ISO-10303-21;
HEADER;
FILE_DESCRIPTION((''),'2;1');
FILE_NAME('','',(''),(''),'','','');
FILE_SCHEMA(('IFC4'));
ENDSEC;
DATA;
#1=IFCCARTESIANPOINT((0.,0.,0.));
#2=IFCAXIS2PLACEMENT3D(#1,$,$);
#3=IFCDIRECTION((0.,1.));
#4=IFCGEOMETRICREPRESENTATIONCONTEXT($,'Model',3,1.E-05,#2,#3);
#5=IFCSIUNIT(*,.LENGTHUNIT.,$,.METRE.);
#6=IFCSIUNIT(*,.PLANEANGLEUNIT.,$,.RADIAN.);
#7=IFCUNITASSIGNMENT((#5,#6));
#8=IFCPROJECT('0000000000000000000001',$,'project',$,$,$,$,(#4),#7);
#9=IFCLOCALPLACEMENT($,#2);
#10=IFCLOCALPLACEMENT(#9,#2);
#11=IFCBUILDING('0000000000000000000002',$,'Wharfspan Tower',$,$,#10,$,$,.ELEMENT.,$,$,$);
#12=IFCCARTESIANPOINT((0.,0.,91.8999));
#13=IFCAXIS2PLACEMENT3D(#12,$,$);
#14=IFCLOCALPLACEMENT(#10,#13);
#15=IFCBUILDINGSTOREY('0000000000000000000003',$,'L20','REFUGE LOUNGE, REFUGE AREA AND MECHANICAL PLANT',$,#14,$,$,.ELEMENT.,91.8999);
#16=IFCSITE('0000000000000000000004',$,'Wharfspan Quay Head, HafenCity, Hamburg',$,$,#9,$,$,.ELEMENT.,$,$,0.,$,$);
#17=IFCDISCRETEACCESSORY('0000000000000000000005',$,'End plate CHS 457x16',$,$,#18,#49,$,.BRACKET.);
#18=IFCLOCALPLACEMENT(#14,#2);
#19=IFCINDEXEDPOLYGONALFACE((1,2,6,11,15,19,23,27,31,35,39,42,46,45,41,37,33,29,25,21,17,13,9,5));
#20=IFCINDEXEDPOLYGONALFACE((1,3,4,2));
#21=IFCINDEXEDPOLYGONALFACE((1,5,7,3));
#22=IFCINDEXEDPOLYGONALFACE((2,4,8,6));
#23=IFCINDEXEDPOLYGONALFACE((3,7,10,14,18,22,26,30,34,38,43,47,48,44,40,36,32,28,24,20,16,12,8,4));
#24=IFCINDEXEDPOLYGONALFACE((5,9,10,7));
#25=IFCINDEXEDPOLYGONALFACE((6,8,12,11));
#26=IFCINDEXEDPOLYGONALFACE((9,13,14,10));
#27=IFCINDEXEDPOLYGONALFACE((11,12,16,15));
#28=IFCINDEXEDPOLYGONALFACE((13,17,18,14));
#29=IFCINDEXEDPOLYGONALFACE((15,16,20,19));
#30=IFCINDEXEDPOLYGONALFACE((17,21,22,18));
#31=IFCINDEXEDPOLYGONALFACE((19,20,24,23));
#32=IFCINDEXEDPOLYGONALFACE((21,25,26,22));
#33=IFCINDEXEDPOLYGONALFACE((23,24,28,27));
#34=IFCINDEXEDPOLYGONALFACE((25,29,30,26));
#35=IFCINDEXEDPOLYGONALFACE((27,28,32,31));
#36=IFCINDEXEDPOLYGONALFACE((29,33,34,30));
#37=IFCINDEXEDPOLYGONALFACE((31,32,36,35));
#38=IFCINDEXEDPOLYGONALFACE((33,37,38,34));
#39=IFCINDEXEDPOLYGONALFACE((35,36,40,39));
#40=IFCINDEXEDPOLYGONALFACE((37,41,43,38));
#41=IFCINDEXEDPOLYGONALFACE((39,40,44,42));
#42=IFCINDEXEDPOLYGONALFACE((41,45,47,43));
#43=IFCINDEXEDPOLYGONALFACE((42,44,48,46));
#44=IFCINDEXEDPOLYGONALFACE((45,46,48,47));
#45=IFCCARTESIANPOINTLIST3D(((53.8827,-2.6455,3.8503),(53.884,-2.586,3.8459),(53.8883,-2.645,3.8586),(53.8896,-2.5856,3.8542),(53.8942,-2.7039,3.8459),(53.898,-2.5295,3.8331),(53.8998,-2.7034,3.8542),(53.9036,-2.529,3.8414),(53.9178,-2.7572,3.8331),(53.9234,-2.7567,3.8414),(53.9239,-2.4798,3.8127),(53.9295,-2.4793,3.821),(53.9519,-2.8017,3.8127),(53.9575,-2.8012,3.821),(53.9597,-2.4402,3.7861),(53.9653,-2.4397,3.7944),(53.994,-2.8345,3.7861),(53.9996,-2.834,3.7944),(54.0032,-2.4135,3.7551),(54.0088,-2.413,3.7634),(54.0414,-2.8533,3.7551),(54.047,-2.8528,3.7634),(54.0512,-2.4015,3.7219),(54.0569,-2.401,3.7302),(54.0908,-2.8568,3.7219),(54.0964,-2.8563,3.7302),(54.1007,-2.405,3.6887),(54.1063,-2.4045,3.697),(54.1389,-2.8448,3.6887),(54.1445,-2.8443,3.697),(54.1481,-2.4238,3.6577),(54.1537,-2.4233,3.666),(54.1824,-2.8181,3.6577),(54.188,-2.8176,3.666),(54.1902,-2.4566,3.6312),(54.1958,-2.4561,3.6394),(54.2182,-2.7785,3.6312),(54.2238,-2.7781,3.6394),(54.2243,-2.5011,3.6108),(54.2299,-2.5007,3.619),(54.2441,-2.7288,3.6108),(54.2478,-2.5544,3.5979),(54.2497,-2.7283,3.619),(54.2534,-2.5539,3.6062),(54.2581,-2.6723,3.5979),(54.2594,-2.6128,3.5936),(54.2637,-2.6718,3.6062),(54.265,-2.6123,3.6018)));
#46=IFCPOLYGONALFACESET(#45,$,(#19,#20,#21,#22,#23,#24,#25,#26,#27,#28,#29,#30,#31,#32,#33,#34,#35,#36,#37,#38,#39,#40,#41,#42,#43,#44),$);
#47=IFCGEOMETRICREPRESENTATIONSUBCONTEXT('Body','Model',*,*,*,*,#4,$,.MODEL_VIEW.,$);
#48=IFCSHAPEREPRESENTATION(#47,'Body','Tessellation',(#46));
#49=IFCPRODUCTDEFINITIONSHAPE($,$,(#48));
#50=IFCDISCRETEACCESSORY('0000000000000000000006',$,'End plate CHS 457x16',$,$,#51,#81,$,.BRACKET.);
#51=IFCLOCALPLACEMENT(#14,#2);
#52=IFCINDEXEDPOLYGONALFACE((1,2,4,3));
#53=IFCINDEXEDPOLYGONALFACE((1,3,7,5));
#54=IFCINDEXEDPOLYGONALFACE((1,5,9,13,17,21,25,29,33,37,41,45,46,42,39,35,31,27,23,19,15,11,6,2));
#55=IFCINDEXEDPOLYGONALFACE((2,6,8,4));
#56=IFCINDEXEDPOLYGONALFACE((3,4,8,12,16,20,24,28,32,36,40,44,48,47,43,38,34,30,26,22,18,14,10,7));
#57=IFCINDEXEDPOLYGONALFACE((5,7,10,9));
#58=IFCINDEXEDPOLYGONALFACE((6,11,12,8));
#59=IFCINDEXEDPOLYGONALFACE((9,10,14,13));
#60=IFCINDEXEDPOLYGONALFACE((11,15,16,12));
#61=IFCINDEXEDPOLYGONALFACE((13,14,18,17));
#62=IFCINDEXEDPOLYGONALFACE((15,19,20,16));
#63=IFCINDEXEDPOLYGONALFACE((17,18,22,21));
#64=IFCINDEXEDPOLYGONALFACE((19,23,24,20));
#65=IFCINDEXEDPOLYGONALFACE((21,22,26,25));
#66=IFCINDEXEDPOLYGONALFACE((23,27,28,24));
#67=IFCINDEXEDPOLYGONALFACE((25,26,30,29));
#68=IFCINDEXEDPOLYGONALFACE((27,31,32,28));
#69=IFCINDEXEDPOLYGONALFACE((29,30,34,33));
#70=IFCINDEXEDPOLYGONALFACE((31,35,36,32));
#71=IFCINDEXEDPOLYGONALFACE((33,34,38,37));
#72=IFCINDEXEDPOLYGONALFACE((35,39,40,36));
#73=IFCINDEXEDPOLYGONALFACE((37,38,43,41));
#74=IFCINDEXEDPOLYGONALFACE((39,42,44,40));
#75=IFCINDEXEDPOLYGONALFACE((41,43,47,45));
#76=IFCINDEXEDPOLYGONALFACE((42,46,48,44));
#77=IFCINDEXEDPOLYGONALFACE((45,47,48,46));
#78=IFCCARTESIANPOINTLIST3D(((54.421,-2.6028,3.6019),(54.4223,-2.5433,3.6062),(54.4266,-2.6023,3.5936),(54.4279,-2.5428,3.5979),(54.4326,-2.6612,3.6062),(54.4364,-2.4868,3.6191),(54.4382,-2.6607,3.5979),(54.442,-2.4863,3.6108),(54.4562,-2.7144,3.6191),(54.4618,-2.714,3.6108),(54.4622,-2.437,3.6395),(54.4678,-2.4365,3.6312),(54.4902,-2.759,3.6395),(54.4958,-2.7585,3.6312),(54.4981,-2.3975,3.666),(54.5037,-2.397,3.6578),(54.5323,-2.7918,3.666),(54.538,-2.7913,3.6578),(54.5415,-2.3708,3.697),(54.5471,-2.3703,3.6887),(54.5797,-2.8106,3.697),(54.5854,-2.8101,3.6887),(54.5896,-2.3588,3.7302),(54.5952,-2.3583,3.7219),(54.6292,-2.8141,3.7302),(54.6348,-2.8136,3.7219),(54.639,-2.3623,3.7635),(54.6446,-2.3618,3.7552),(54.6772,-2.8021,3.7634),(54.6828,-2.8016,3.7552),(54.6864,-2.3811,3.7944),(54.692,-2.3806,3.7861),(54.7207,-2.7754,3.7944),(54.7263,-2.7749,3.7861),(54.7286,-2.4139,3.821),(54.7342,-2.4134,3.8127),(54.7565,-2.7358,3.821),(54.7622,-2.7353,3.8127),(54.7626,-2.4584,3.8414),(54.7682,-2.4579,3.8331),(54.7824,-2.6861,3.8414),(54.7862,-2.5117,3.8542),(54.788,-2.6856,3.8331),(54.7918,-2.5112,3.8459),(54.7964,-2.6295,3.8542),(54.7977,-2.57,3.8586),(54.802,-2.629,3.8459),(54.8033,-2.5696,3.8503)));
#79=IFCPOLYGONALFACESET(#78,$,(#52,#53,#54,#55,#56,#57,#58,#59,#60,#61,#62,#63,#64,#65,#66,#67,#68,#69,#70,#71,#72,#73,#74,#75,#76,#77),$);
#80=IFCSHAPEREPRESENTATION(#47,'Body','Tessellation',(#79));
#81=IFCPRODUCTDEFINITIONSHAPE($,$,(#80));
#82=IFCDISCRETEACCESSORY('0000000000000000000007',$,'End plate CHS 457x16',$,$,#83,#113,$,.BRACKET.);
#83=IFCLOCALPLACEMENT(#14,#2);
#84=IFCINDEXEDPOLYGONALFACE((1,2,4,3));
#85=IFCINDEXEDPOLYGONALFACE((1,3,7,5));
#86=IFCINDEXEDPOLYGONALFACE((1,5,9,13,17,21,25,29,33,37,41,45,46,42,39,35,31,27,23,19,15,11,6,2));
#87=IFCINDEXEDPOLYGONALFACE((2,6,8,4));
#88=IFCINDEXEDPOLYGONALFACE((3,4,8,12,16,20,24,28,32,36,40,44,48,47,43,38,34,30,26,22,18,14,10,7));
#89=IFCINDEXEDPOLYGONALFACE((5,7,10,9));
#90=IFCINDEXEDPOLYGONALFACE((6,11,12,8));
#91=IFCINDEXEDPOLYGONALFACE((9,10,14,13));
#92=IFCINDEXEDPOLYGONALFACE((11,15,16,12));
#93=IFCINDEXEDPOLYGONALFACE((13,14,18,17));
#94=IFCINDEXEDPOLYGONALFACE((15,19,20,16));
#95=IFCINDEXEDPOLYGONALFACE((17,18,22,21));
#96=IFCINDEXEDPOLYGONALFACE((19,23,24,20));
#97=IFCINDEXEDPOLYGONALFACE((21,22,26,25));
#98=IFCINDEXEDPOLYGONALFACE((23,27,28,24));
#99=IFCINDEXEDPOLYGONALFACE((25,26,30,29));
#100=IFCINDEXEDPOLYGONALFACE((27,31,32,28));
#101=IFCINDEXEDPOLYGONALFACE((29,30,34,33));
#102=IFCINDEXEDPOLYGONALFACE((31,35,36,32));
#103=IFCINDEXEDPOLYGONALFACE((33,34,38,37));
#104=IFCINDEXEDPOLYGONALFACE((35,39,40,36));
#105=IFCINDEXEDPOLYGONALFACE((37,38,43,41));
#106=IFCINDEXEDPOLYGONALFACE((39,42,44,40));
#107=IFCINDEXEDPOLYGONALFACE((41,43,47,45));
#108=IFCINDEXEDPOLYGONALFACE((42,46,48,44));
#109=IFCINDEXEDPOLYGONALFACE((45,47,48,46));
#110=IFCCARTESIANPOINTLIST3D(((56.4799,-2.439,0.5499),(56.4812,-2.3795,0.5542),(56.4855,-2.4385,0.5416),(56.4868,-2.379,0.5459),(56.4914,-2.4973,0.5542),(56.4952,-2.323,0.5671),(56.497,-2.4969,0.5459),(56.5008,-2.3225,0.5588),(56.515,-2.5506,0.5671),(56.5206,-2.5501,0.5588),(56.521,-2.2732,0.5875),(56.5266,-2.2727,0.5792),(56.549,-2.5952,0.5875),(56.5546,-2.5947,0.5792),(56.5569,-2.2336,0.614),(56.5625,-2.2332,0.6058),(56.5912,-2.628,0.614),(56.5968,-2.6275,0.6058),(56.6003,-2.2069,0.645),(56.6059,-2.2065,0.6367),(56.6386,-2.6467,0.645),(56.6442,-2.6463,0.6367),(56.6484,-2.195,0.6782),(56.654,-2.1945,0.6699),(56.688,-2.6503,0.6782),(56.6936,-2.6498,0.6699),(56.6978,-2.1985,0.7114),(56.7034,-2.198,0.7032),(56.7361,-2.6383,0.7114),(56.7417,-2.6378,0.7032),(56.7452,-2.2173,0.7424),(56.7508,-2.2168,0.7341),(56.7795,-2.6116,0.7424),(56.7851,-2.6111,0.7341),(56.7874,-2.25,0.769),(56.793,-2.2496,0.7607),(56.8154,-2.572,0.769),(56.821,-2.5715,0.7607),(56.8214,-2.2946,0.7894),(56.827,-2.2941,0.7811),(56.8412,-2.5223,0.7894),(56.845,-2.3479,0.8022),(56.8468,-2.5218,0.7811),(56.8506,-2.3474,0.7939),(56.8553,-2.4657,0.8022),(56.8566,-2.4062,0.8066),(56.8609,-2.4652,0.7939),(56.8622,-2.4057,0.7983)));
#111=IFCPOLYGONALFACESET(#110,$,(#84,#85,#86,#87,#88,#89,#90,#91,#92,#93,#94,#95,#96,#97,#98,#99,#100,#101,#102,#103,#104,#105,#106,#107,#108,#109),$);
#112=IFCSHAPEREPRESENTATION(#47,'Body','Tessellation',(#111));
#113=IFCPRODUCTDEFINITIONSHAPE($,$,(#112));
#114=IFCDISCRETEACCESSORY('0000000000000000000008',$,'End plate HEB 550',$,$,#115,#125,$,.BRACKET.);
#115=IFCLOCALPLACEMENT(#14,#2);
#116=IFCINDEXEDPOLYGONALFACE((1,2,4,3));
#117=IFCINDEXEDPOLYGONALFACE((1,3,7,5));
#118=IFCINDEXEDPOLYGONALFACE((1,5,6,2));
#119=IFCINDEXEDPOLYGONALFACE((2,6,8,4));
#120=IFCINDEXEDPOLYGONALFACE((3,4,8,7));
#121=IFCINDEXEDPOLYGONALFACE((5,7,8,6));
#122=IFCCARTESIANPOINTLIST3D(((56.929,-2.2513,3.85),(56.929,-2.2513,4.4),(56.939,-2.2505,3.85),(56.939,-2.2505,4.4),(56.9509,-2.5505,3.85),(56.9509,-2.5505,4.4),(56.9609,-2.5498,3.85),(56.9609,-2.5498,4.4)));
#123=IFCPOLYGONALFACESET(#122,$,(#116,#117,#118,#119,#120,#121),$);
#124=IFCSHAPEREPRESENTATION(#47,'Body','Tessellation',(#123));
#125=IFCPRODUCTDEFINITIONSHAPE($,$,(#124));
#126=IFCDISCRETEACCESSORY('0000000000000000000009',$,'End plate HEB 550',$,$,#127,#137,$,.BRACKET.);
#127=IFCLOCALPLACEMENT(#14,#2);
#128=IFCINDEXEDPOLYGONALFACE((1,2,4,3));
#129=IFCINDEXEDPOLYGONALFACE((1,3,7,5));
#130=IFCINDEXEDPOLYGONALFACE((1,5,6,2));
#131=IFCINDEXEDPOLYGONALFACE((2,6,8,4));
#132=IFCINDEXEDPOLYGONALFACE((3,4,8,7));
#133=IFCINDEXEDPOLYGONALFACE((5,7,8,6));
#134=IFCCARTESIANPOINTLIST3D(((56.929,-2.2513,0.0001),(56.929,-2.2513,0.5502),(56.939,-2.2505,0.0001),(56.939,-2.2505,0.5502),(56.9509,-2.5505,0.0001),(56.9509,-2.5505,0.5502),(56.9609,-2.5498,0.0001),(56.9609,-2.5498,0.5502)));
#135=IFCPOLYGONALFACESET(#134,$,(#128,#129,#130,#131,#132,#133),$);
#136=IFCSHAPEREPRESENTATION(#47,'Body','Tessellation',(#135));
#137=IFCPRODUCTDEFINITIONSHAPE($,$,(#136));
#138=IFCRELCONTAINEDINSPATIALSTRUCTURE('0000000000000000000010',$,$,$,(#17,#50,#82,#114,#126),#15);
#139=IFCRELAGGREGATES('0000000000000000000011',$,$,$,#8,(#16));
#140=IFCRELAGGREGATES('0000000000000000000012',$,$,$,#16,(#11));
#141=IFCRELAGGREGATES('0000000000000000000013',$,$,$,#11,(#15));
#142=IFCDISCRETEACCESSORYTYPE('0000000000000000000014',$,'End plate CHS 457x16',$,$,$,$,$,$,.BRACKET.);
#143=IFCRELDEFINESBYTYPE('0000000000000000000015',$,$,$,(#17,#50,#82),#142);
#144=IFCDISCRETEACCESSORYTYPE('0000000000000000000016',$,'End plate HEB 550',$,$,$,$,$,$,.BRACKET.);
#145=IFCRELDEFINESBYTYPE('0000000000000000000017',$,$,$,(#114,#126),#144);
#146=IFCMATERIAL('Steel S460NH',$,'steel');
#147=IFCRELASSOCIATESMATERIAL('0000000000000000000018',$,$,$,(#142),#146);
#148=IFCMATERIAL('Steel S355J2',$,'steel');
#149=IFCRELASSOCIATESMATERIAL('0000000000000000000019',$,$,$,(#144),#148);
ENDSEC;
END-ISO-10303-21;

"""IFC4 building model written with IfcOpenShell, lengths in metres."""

from ifc_helpers import new_model, si_unit, direction, frame, origin, origin_2d, place, context, subcontext, project, spatial, rectangle, circle, extrude, material, material_profile, profile_set, type_object, element, save


model = new_model("IFC4")

# Units and contexts
model_context = context("Model", 3, precision=1e-05, world=origin(), true_north=direction((0.0, 1.0)))
body_context = subcontext(model_context, "Body", "Model", "MODEL_VIEW")
ifc_project = project(units=[si_unit("LENGTHUNIT", "METRE"), si_unit("PLANEANGLEUNIT", "RADIAN")], contexts=[model_context])

# Site, building, storey
site_placement = place(None, origin())
site = spatial("IfcSite", under=ifc_project, at=site_placement, Name="Wharfspan Quay Head, HafenCity, Hamburg", CompositionType="ELEMENT", RefElevation=0.0)
building_placement = place(site_placement, origin())
building = spatial("IfcBuilding", under=site, at=building_placement, Name="Wharfspan Tower", CompositionType="ELEMENT")
storey_placement = place(building_placement, frame((0.0, 0.0, 91.8999)))
storey = spatial("IfcBuildingStorey", under=building, at=storey_placement, Name="L20", Description="REFUGE LOUNGE, REFUGE AREA AND MECHANICAL PLANT", CompositionType="ELEMENT", Elevation=91.8999)

# Shared definitions
ifc_material_1 = material(Name="Steel S355J2", Category="steel")
ifc_material_2 = material(Name="Steel S460NH", Category="steel")

# Discrete accessories
ifc_material_profile_1 = material_profile(ifc_material_2, circle(Radius=0.2285, at=origin_2d()))
ifc_profile_set_1 = profile_set([ifc_material_profile_1], Name="Steel S460NH")
discrete_accessory_type_1 = type_object("IfcDiscreteAccessoryType", Name="End plate CHS 457x16", PredefinedType="BRACKET", material=ifc_profile_set_1)
for number, where, z_axis, x_axis, name in (
    (1, (54.071, -2.6292, 3.7219), (0.559645, 0.048665, 0.827302), (-0.086627, 0.99624, -0.000002), "End plate CHS 457x16"),
    (2, (54.6094, -2.5864, 3.7302), (0.559645, 0.048665, -0.827302), (-0.086627, 0.99624, 0.000002), "End plate CHS 457x16"),
    (3, (56.6682, -2.4226, 0.6782), (0.559645, 0.048665, -0.827302), (-0.086627, 0.99624, 0.000002), "End plate CHS 457x16"),
):
    element("IfcDiscreteAccessory", number, at=place(storey_placement, frame(where, z_axis=z_axis, x_axis=x_axis)), inside=storey, type_object=discrete_accessory_type_1, Name=name, PredefinedType="BRACKET", context=body_context, shape_type="SweptSolid", body=[
        extrude(circle(Radius=0.2285, at=origin_2d()), origin(), (0.0, 0.0, 1.0), 0.01),
    ])
ifc_material_profile_2 = material_profile(ifc_material_1, rectangle(XDim=0.3, YDim=0.55, at=origin_2d()))
ifc_profile_set_2 = profile_set([ifc_material_profile_2], Name="Steel S355J2")
discrete_accessory_type_2 = type_object("IfcDiscreteAccessoryType", Name="End plate HEB 550", PredefinedType="BRACKET", material=ifc_profile_set_2)
for number, where, z_axis, x_axis, name in (
    (4, (56.9399, -2.4009, 4.125), (0.997334, 0.072976, 0.0), (-0.072976, 0.997334, 0.0), "End plate HEB 550"),
    (5, (56.9399, -2.4009, 0.2751), (0.997334, 0.072976, 0.0), (-0.072976, 0.997334, 0.0), "End plate HEB 550"),
):
    element("IfcDiscreteAccessory", number, at=place(storey_placement, frame(where, z_axis=z_axis, x_axis=x_axis)), inside=storey, type_object=discrete_accessory_type_2, Name=name, PredefinedType="BRACKET", context=body_context, shape_type="SweptSolid", body=[
        extrude(rectangle(XDim=0.3, YDim=0.55, at=origin_2d()), origin(), (0.0, 0.0, 1.0), 0.01),
    ])

save(model, "model.ifc")
